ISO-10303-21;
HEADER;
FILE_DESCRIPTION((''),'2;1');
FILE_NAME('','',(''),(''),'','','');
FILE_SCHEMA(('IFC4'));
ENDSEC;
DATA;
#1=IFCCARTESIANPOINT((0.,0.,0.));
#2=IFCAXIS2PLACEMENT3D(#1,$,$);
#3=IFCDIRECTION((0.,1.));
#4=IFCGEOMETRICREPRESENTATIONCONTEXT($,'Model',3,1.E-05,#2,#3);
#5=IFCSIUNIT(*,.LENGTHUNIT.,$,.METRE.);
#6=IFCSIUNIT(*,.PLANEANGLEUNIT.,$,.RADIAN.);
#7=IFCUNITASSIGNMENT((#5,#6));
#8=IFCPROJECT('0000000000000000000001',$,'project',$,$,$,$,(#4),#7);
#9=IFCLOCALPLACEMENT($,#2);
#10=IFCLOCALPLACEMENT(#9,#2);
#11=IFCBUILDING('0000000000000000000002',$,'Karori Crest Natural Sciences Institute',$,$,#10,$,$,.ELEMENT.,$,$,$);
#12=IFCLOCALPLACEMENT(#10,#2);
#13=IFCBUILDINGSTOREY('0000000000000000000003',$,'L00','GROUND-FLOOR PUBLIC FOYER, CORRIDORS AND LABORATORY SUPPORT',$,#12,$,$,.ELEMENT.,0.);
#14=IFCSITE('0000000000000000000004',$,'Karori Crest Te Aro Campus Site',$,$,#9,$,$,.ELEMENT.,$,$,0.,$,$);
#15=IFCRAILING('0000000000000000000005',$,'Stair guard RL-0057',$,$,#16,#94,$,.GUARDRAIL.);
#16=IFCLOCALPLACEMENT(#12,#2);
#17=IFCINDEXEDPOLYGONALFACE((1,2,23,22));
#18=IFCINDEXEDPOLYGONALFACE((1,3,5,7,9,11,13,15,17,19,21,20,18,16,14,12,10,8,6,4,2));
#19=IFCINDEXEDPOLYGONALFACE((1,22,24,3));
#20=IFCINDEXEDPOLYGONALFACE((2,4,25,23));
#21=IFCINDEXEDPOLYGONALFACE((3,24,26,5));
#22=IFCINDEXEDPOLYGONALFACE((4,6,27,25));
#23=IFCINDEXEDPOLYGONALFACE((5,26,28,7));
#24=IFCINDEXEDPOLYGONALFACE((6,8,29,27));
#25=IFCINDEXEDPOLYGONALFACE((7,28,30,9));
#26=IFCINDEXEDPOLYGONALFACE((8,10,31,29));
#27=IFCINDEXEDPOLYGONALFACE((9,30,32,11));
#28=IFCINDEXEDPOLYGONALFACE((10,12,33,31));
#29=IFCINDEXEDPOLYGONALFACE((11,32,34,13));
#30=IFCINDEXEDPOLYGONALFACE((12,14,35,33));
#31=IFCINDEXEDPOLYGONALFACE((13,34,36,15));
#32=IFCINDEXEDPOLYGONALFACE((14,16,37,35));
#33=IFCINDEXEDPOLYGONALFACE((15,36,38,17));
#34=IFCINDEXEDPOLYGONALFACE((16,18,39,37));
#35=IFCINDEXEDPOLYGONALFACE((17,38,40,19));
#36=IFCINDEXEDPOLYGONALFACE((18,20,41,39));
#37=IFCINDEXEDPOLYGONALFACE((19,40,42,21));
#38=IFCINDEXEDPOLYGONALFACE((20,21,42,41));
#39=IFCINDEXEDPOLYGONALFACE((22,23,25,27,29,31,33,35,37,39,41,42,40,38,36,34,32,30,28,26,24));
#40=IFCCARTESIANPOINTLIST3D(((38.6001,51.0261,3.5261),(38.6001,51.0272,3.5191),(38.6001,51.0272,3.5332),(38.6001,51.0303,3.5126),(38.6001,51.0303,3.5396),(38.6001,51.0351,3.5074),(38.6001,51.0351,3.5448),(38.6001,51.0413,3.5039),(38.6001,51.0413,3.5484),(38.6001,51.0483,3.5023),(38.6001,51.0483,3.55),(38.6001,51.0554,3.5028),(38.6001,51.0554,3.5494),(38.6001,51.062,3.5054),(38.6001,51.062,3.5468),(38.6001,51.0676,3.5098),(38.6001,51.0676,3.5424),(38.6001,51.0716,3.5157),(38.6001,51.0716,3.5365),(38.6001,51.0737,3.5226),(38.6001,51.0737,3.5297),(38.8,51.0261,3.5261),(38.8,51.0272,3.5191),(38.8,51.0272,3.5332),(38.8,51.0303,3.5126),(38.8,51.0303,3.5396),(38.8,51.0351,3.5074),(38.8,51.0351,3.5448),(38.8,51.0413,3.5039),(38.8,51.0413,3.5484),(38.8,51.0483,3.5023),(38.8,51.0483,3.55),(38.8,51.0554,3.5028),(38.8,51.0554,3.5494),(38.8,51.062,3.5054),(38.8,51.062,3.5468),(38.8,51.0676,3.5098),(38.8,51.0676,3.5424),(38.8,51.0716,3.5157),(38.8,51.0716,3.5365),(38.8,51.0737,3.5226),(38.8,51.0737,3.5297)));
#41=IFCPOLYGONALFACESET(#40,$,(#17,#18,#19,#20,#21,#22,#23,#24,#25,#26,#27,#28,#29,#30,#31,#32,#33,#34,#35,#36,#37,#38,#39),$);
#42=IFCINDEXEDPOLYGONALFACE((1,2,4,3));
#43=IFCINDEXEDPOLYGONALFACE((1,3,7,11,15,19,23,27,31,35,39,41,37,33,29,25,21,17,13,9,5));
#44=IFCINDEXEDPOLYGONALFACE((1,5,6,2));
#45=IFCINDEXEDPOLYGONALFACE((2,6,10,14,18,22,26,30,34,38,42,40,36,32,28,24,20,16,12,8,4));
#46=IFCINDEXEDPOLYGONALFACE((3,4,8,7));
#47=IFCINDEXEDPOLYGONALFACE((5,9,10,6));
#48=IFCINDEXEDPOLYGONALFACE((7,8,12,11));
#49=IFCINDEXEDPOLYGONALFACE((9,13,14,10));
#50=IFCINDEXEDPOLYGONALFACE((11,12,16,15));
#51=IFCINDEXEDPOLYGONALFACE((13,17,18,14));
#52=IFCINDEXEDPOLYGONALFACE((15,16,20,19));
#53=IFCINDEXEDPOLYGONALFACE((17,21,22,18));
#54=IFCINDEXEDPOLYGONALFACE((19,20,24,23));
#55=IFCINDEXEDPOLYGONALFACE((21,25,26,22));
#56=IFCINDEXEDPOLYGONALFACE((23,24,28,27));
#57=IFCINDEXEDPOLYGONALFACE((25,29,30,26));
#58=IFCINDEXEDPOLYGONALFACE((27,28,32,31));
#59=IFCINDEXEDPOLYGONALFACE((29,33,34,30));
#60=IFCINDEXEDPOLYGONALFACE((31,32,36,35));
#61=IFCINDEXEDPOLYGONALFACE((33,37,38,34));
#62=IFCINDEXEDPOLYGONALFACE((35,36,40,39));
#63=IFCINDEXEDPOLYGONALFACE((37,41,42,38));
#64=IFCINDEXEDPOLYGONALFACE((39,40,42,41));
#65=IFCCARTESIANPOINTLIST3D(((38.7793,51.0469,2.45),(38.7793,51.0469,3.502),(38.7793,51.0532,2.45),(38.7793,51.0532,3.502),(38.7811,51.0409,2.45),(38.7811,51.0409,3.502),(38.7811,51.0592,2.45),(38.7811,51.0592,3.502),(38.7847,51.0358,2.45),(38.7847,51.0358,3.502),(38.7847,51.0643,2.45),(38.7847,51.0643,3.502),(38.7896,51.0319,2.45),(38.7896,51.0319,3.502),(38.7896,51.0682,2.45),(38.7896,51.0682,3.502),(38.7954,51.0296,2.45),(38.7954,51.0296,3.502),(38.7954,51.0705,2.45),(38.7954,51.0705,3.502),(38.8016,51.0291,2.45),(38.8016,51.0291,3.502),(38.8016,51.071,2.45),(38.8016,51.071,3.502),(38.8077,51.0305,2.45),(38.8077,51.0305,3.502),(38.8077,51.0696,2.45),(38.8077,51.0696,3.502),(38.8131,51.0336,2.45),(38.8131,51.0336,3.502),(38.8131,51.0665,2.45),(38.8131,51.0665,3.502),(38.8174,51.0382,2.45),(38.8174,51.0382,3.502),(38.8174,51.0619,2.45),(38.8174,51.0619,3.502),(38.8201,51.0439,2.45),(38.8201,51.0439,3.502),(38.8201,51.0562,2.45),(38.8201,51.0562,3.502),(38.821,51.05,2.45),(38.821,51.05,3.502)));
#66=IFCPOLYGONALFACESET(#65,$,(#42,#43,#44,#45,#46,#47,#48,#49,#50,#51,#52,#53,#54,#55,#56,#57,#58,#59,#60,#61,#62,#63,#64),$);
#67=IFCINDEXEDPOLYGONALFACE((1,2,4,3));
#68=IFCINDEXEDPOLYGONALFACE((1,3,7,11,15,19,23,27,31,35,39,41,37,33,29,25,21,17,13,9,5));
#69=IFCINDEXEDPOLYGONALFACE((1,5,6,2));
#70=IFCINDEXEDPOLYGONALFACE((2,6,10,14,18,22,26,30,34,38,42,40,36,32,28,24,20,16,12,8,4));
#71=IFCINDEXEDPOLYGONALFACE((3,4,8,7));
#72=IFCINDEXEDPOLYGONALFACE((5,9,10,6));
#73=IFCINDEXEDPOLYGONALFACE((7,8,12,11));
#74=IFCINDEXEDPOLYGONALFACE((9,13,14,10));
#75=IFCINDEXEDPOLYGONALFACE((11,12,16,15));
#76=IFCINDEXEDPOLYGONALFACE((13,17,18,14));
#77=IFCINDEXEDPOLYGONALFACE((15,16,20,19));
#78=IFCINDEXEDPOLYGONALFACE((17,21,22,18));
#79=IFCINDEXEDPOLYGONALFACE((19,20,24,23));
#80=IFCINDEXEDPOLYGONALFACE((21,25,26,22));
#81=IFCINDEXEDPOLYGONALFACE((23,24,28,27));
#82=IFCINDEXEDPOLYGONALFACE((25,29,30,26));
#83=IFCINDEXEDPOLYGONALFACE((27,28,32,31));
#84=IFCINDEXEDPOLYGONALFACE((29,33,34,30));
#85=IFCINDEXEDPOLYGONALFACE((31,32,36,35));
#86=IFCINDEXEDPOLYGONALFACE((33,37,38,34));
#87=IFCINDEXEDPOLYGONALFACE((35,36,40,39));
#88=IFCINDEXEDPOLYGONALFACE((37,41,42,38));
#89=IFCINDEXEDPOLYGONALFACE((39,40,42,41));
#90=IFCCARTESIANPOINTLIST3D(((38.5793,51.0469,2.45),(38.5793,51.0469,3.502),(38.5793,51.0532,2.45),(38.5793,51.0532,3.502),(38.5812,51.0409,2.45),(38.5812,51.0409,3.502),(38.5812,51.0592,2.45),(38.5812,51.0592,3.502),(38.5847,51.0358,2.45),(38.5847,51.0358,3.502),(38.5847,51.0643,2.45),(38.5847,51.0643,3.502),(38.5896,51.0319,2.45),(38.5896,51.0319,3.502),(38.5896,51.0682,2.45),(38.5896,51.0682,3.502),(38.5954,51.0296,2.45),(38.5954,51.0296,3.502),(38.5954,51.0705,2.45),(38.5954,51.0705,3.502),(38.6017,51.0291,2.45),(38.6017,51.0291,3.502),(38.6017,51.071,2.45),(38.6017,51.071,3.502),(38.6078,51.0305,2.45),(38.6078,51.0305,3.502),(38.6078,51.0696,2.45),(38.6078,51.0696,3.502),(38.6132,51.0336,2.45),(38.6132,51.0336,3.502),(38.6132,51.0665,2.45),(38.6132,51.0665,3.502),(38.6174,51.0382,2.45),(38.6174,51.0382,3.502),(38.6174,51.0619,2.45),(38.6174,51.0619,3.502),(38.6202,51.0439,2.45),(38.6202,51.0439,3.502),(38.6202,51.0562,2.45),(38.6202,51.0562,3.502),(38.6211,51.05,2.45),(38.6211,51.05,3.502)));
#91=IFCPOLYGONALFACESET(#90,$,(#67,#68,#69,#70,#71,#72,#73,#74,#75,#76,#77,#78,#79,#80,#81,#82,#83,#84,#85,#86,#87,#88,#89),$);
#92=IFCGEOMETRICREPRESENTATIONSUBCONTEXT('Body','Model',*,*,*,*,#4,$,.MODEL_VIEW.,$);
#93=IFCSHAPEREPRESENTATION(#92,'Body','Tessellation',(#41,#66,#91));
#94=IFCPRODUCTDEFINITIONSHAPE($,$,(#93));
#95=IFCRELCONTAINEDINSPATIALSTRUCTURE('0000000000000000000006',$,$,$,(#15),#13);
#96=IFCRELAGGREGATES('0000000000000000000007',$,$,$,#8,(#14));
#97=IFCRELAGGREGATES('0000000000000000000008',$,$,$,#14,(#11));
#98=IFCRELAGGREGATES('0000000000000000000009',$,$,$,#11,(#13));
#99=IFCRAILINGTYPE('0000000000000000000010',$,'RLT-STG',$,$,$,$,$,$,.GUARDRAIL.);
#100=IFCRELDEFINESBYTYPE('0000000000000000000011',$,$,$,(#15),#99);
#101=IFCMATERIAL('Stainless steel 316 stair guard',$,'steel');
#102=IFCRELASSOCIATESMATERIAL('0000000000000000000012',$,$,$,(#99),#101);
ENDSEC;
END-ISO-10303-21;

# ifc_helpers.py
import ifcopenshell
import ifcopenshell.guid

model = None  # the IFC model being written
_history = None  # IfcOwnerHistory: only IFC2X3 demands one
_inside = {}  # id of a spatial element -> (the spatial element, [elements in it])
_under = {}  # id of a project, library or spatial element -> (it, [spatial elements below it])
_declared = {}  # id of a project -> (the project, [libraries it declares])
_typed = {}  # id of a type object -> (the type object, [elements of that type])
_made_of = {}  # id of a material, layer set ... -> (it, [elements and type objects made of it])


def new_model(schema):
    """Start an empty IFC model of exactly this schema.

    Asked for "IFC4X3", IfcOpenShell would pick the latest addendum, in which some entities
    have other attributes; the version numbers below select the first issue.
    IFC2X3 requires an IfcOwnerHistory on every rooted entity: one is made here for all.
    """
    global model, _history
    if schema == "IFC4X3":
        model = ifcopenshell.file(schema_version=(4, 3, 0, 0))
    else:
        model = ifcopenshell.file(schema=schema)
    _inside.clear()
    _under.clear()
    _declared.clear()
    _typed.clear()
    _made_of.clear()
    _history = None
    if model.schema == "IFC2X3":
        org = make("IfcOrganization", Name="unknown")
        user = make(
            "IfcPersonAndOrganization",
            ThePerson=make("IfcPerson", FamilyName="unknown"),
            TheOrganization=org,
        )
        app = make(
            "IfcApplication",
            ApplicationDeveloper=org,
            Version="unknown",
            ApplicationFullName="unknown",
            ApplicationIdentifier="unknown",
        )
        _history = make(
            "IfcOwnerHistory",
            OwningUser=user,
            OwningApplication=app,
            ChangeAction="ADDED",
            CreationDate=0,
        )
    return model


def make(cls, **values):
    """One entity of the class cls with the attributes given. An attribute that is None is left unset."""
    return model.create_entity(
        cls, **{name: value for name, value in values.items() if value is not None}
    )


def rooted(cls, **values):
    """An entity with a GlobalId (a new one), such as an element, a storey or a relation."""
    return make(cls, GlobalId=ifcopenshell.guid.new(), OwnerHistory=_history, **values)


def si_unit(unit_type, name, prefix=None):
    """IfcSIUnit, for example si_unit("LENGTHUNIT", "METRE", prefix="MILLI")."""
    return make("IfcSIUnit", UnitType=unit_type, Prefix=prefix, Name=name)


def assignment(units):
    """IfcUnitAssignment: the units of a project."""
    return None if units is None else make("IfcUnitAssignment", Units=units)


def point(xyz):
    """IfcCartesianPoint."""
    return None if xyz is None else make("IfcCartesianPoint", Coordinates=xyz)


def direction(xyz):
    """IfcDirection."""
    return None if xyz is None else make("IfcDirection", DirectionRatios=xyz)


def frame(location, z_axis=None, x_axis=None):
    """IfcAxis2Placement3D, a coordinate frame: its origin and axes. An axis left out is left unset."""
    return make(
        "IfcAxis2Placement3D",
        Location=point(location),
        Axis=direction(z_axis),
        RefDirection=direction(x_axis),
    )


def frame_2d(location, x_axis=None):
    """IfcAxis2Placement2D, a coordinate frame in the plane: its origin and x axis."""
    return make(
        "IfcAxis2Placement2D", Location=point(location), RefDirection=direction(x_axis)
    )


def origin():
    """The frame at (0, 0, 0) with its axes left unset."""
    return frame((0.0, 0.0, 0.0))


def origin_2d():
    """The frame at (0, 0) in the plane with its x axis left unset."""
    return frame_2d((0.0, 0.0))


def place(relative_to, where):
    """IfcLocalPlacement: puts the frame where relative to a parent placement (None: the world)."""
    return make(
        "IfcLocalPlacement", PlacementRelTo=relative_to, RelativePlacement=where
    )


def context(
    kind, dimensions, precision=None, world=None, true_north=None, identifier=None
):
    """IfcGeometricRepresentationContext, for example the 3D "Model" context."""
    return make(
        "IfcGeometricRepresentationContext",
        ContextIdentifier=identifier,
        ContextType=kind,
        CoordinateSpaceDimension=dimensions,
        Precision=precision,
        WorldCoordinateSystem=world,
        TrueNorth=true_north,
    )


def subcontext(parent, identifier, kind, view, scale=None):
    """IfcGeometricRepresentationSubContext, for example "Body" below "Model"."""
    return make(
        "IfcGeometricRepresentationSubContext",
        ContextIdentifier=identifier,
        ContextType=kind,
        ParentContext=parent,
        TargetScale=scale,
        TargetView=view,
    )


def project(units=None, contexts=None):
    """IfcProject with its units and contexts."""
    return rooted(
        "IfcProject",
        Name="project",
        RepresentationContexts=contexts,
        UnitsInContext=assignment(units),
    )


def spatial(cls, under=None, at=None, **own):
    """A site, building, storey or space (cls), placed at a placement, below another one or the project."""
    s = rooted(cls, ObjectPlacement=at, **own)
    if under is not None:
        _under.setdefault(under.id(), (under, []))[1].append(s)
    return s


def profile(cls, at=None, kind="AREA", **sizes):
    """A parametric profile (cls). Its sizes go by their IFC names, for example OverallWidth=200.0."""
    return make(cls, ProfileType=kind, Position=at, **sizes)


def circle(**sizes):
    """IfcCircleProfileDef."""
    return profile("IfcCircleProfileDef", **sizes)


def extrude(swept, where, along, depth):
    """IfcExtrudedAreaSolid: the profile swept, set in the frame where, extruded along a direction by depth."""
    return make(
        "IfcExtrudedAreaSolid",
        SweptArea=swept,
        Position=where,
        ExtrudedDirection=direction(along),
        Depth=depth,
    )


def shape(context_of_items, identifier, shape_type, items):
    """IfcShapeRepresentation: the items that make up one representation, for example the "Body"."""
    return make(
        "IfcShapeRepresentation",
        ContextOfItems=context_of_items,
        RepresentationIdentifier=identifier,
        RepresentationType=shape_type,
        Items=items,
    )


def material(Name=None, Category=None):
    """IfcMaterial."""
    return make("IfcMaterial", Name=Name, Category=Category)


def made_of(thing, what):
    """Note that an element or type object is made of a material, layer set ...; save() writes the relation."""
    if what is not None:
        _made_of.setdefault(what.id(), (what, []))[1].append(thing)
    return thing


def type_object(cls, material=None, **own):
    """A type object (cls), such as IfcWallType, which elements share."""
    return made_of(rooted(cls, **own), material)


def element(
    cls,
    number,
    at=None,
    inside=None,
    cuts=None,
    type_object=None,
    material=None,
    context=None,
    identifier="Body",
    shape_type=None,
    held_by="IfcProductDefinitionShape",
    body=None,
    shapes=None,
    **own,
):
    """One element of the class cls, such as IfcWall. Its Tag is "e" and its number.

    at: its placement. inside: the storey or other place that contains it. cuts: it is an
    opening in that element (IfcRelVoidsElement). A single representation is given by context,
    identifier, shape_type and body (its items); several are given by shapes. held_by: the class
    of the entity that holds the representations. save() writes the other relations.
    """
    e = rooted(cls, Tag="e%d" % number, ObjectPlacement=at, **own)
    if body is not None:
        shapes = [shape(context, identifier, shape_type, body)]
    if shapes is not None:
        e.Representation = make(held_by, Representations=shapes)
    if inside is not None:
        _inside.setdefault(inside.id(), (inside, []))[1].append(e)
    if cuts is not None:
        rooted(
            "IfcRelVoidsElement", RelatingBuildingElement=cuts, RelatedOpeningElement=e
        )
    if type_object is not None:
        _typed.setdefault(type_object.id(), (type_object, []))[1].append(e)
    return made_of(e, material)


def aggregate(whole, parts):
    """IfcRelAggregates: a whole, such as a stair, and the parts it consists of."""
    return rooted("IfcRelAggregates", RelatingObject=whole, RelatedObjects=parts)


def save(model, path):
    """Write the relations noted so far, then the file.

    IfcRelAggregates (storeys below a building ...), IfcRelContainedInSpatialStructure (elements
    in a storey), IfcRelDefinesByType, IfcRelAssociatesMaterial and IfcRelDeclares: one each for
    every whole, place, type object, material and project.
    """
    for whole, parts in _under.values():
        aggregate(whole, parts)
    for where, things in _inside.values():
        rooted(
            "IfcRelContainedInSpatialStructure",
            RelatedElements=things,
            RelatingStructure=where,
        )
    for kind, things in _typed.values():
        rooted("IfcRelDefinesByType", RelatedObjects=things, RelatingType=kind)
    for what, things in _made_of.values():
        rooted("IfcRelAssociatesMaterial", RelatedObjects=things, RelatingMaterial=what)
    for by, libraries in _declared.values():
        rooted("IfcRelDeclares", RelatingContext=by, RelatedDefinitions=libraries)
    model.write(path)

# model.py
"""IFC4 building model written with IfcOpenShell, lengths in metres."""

from ifc_helpers import new_model, si_unit, direction, frame, origin, origin_2d, place, context, subcontext, project, spatial, circle, extrude, material, type_object, element, save


model = new_model("IFC4")

# Units and contexts
model_context = context("Model", 3, precision=1e-05, world=origin(), true_north=direction((0.0, 1.0)))
body_context = subcontext(model_context, "Body", "Model", "MODEL_VIEW")
ifc_project = project(units=[si_unit("LENGTHUNIT", "METRE"), si_unit("PLANEANGLEUNIT", "RADIAN")], contexts=[model_context])

# Site, building, storey
site_placement = place(None, origin())
site = spatial("IfcSite", under=ifc_project, at=site_placement, Name="Karori Crest Te Aro Campus Site", CompositionType="ELEMENT", RefElevation=0.0)
building_placement = place(site_placement, origin())
building = spatial("IfcBuilding", under=site, at=building_placement, Name="Karori Crest Natural Sciences Institute", CompositionType="ELEMENT")
storey_placement = place(building_placement, origin())
storey = spatial("IfcBuildingStorey", under=building, at=storey_placement, Name="L00", Description="GROUND-FLOOR PUBLIC FOYER, CORRIDORS AND LABORATORY SUPPORT", CompositionType="ELEMENT", Elevation=0.0)

# Railing
ifc_material_1 = material(Name="Stainless steel 316 stair guard", Category="steel")
railing_type_1 = type_object("IfcRailingType", Name="RLT-STG", PredefinedType="GUARDRAIL", material=ifc_material_1)
railing_1_placement = place(storey_placement, frame((38.8, 51.05, 2.45)))
element("IfcRailing", 1, at=railing_1_placement, inside=storey, type_object=railing_type_1, Name="Stair guard RL-0057", PredefinedType="GUARDRAIL", context=body_context, shape_type="SweptSolid", body=[
    extrude(circle(Radius=0.0239, at=origin_2d()), frame((0.0, 0.0, 1.0762), z_axis=(-1.0, 0.0, 0.0), x_axis=(0.0, -1.0, 0.0)), (0.0, 0.0, 1.0), 0.2),
    extrude(circle(Radius=0.021, at=origin_2d()), origin(), (0.0, 0.0, 1.0), 1.052),
    extrude(circle(Radius=0.021, at=origin_2d()), frame((-0.2, 0.0, 0.0)), (0.0, 0.0, 1.0), 1.052),
])

save(model, "model.ifc")
